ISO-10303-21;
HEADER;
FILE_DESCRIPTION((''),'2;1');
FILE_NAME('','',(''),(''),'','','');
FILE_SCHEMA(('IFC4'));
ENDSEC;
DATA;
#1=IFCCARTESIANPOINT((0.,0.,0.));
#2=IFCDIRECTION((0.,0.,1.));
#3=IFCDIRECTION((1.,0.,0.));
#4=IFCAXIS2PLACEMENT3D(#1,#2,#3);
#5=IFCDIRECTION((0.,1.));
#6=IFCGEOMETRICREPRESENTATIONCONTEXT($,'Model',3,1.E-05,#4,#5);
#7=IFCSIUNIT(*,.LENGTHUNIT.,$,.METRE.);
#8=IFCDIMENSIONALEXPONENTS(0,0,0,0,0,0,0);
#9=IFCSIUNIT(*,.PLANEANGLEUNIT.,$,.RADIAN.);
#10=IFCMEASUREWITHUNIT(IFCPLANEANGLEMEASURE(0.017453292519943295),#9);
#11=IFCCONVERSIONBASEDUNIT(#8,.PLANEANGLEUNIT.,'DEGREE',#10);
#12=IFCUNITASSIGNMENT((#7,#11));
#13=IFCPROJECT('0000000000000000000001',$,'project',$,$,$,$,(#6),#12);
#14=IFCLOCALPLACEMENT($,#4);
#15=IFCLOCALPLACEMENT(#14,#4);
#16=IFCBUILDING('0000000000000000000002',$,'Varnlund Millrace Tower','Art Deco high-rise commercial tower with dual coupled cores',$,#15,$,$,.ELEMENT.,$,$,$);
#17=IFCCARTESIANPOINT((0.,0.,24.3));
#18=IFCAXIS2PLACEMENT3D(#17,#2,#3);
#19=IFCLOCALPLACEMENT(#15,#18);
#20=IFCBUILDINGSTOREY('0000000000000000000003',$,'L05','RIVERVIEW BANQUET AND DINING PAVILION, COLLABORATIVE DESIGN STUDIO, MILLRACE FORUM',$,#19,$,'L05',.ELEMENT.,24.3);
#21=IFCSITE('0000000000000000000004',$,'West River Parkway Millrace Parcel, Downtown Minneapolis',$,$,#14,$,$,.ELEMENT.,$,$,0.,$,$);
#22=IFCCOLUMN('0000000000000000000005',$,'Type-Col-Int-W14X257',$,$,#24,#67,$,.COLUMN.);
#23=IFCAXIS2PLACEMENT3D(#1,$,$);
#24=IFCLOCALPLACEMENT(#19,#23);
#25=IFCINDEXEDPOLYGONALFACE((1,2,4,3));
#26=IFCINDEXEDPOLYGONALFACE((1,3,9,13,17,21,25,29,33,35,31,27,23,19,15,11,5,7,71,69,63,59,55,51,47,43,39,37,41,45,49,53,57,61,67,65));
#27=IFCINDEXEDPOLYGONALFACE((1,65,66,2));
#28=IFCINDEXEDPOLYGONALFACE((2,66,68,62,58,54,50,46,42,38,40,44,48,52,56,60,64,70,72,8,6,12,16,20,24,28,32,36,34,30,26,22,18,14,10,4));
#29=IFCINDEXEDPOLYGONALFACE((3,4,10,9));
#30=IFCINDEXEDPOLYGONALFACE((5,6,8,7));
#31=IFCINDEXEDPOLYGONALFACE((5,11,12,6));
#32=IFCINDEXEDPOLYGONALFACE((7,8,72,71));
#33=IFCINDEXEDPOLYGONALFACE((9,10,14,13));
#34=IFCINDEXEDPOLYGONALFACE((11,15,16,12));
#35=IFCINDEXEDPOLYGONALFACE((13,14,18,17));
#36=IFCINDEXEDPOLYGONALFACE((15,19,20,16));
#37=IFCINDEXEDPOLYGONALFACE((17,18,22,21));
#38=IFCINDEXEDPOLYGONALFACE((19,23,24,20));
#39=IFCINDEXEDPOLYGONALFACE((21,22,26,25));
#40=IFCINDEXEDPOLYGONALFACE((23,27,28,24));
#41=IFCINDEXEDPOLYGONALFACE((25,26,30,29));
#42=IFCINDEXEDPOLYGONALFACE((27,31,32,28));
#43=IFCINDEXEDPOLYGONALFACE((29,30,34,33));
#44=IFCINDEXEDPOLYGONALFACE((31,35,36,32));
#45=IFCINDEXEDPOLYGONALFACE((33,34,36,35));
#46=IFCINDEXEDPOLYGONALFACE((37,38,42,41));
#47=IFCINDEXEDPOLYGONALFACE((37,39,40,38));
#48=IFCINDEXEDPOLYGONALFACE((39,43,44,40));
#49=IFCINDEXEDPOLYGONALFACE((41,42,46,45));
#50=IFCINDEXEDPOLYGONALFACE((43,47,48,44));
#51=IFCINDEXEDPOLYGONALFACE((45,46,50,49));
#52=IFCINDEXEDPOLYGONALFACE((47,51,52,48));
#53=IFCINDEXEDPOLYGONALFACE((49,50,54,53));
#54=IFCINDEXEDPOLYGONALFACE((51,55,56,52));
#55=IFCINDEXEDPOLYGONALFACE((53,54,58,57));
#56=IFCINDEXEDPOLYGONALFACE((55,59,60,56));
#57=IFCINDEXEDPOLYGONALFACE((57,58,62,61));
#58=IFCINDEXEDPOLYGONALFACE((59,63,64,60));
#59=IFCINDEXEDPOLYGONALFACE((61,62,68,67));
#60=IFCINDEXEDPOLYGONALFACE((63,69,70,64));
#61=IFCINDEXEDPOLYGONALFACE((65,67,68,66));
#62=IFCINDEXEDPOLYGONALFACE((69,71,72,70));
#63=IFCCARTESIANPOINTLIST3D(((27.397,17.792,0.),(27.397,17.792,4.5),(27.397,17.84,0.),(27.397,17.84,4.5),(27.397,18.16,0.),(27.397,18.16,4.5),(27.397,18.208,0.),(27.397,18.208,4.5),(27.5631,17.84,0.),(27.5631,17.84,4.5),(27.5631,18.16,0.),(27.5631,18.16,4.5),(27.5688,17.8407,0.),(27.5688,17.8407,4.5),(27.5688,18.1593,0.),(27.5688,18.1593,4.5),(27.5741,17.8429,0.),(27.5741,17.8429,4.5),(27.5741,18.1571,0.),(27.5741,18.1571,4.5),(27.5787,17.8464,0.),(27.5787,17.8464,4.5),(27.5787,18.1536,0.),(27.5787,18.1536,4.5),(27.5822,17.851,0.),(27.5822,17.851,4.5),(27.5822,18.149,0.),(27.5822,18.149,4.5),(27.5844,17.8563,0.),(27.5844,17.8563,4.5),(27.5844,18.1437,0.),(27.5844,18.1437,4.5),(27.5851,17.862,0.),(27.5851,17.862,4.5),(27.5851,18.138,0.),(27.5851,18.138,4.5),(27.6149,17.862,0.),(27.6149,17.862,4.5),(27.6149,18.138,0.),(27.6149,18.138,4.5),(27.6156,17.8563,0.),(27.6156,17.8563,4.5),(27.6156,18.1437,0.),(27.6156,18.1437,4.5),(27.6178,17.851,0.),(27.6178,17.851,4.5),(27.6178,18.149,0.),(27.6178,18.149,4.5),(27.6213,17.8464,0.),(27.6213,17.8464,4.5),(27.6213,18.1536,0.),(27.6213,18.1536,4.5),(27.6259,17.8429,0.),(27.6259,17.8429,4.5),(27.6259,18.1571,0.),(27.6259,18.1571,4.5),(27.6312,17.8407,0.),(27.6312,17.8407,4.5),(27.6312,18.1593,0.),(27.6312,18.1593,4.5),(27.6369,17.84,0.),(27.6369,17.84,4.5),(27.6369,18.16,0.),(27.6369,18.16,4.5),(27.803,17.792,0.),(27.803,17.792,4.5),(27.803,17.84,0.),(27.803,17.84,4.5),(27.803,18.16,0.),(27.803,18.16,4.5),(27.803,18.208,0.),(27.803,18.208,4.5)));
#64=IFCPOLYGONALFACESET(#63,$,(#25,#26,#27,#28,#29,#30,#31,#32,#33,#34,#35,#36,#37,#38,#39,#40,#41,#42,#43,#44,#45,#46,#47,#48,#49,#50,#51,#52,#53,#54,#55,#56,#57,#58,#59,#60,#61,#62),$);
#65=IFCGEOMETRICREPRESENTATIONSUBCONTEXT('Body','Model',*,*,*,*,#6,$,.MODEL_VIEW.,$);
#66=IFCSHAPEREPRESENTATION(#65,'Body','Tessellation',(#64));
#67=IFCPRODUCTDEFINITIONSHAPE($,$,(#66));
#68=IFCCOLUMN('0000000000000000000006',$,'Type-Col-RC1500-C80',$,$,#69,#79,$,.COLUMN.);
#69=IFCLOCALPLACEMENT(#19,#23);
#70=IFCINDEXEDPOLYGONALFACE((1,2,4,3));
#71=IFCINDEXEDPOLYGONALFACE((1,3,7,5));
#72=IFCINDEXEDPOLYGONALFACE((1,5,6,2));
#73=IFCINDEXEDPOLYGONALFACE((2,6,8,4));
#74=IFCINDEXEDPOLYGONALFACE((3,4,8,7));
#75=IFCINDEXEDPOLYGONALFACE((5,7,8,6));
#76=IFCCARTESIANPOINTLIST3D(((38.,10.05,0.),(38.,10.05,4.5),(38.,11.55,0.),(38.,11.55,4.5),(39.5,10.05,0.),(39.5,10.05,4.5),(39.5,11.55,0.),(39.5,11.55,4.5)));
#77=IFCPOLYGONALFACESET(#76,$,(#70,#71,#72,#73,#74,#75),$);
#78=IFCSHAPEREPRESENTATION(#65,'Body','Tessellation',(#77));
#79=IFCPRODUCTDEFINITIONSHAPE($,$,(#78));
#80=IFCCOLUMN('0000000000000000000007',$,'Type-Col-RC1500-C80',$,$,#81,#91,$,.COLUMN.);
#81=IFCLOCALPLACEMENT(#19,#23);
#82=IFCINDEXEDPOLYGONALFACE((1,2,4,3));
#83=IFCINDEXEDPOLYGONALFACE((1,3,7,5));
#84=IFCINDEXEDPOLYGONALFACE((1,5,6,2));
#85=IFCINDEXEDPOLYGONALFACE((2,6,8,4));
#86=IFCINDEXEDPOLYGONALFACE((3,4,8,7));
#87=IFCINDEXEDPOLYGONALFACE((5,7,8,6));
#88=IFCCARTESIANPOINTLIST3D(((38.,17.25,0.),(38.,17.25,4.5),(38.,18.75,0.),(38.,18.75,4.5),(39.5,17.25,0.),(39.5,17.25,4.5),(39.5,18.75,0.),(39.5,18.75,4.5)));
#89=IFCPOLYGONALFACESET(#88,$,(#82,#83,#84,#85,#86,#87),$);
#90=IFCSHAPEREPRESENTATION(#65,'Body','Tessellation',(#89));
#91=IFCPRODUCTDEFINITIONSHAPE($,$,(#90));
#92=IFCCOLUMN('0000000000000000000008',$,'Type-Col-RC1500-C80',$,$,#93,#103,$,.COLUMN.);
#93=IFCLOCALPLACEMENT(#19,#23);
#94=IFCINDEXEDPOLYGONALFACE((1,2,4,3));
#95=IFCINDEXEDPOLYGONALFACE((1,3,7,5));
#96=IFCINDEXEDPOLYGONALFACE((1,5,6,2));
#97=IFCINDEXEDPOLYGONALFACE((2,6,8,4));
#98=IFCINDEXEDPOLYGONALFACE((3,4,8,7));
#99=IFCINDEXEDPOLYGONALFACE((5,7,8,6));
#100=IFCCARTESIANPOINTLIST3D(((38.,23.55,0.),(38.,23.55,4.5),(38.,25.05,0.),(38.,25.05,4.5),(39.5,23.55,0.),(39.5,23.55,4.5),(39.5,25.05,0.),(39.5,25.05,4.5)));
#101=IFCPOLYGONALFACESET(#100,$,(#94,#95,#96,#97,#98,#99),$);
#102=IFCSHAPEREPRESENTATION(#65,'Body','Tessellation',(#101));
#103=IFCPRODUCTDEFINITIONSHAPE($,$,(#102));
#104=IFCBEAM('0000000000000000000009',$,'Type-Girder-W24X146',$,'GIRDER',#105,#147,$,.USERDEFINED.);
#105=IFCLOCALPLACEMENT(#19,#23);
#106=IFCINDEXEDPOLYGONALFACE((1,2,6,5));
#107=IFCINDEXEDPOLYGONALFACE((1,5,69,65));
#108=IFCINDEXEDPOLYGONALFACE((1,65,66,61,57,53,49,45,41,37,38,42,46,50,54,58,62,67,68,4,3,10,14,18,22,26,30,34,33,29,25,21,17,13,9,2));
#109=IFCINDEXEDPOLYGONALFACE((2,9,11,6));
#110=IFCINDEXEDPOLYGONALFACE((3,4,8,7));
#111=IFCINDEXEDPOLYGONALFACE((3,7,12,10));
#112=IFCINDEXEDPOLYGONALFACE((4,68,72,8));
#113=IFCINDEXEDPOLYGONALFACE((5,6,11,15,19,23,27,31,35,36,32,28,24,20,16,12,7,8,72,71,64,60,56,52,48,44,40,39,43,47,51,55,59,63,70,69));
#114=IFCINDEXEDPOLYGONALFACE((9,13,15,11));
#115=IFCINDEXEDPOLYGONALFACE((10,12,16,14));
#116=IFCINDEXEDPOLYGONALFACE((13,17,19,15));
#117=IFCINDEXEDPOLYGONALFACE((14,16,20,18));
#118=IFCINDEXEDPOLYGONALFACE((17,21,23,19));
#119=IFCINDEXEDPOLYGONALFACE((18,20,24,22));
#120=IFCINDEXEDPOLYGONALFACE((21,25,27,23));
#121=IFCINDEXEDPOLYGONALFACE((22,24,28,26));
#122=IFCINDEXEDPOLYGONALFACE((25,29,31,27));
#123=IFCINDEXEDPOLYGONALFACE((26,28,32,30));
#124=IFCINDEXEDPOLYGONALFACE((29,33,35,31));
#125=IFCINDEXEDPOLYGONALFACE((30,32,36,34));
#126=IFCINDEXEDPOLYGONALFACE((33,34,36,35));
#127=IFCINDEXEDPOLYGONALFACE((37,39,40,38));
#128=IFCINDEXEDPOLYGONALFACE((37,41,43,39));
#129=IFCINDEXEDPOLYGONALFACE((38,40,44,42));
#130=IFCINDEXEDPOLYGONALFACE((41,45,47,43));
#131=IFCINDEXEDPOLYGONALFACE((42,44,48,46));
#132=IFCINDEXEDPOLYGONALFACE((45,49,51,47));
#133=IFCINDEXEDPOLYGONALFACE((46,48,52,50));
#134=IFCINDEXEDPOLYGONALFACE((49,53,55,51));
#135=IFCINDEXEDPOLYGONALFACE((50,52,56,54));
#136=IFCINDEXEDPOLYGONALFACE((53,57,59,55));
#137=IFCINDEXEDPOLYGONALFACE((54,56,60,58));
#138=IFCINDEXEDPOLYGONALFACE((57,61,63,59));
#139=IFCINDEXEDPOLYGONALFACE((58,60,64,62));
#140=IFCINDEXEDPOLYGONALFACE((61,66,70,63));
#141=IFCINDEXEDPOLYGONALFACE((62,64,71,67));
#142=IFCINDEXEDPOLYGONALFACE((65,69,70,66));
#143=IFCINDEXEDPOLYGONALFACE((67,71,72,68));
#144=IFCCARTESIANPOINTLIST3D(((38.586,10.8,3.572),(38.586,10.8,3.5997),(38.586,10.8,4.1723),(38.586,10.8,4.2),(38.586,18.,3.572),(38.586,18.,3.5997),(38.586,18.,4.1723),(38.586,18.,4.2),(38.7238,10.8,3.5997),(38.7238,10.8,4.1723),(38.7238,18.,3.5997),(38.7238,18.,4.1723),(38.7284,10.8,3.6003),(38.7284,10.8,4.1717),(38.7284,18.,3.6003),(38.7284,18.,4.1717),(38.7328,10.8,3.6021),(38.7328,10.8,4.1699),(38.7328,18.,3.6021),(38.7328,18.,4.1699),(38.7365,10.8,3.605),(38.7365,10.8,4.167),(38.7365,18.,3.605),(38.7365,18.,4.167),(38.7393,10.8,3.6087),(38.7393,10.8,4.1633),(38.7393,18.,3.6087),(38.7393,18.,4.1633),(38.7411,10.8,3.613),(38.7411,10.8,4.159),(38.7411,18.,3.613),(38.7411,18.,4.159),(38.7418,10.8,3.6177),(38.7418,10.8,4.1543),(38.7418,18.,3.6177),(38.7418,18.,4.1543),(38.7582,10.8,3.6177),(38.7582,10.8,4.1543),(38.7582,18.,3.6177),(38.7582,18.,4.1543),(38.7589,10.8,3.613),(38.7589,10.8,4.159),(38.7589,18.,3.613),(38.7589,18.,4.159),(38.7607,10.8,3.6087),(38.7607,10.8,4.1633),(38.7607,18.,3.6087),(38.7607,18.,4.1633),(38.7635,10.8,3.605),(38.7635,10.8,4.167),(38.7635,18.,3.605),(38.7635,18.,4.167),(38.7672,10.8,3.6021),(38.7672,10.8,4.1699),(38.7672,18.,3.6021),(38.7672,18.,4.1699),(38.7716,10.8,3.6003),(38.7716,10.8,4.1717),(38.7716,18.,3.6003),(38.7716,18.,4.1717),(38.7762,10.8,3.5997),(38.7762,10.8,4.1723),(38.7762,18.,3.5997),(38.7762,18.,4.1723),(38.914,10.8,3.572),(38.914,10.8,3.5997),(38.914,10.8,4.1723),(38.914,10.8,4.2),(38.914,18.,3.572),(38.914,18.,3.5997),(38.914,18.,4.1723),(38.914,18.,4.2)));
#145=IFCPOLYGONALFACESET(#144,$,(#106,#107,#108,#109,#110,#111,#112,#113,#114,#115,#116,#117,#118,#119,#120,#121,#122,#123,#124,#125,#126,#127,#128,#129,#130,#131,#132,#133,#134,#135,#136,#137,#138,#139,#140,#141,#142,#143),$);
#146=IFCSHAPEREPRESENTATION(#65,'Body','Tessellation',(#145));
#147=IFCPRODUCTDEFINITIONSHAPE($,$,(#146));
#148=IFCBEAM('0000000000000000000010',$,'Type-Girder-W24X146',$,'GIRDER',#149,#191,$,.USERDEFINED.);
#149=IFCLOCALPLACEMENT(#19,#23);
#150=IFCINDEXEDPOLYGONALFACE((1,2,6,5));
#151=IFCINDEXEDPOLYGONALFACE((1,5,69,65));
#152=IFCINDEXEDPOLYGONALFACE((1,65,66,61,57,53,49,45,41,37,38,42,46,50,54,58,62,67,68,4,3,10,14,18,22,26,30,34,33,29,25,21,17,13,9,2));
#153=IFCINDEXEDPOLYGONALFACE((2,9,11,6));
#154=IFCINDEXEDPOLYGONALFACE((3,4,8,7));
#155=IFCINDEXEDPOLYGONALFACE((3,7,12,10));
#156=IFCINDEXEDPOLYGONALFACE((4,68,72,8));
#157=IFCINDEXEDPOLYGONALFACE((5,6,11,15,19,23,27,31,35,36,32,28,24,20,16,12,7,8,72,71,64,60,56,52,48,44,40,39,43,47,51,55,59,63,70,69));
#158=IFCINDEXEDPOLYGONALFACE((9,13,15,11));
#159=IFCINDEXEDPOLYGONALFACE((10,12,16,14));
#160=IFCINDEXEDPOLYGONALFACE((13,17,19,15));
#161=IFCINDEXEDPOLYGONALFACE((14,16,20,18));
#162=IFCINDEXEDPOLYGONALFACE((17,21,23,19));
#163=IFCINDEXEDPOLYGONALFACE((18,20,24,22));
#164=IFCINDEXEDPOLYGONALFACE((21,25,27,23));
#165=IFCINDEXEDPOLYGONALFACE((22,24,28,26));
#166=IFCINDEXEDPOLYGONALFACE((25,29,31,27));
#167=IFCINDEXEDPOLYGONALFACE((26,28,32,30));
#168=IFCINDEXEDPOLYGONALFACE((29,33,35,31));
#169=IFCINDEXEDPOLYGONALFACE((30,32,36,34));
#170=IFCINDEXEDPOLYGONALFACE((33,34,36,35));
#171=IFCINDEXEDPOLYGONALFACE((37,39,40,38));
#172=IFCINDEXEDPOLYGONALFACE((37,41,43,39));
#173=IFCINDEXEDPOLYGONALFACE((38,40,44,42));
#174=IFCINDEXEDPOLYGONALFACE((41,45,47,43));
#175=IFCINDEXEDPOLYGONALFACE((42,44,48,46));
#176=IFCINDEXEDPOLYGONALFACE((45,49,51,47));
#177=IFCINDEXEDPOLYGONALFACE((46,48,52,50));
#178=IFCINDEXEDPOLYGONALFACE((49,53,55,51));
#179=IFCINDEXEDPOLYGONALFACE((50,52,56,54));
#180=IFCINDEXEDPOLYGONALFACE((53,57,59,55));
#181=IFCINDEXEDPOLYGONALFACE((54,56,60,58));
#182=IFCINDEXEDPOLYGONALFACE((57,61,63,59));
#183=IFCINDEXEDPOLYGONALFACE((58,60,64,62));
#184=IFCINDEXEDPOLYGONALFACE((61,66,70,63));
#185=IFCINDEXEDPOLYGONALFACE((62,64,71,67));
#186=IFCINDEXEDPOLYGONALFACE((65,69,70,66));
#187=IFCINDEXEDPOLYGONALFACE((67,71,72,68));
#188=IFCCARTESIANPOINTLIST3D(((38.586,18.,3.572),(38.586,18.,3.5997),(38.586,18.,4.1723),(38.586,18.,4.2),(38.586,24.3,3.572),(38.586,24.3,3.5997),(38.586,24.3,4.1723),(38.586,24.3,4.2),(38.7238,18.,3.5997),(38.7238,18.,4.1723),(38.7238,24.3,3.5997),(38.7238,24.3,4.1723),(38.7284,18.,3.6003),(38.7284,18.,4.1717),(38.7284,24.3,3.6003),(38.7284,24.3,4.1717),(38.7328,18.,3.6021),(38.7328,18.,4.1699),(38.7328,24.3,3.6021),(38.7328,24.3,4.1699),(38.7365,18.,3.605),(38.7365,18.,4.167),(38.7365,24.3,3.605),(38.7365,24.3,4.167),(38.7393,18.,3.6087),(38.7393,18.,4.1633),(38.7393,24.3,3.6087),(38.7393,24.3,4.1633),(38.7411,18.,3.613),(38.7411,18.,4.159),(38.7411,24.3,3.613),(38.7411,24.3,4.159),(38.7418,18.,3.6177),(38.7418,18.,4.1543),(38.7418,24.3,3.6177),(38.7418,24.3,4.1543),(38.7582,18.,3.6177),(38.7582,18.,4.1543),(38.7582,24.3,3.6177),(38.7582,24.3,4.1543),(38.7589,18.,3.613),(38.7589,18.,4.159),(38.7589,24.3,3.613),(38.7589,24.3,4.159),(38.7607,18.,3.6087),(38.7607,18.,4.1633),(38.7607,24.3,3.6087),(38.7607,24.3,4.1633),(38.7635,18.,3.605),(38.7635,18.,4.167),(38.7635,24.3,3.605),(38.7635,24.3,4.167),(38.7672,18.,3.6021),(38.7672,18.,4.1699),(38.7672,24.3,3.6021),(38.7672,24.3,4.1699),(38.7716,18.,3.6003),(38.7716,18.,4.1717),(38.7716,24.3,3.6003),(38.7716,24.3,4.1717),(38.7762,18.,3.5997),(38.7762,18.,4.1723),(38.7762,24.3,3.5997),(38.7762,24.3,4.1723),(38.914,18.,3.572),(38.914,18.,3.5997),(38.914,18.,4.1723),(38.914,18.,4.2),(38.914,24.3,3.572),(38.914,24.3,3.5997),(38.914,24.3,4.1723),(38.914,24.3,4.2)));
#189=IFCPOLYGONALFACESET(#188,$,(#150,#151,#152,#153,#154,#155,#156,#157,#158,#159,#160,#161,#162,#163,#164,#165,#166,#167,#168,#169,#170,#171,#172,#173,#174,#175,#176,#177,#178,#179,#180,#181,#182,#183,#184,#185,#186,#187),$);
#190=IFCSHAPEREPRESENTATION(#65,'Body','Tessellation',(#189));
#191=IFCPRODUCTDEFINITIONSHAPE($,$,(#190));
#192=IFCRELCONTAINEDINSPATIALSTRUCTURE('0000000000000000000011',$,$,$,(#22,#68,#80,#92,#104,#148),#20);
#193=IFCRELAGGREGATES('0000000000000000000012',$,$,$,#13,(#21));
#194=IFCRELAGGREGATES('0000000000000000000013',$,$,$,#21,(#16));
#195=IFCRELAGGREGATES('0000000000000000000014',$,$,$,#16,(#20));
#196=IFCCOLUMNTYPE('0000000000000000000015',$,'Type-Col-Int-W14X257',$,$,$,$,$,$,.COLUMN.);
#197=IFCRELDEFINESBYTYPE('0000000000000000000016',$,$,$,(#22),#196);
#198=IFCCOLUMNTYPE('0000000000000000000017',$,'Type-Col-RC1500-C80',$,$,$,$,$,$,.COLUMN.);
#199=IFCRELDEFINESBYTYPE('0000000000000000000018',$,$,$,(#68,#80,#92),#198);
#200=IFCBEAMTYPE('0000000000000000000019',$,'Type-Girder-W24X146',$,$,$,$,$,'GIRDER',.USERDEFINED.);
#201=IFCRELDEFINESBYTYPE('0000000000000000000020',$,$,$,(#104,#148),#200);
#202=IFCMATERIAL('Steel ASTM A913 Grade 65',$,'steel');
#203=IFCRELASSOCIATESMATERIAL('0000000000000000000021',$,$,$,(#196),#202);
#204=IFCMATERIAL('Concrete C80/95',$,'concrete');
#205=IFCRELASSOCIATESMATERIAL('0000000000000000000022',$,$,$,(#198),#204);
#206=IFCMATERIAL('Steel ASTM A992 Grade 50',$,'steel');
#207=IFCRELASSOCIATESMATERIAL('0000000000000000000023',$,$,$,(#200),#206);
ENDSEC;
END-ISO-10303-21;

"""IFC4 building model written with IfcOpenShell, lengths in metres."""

from ifc_helpers import new_model, entity, si_unit, converted_unit, direction, frame, origin_with_axes, origin_2d_with_axis, place, context, subcontext, project, spatial, rectangle, i_section, extrude, material, material_profile, profile_set, type_object, element, save


model = new_model("IFC4")

# Units and contexts
model_context = context("Model", 3, precision=1e-05, world=origin_with_axes(), true_north=direction((0.0, 1.0)))
body_context = subcontext(model_context, "Body", "Model", "MODEL_VIEW")
ifc_project = project(units=[si_unit("LENGTHUNIT", "METRE"), converted_unit("PLANEANGLEUNIT", "DEGREE", entity("IfcPlaneAngleMeasure", 0.017453292519943295), si_unit("PLANEANGLEUNIT", "RADIAN"), dimensions=[0, 0, 0, 0, 0, 0, 0])], contexts=[model_context])

# Site, building, storey
site_placement = place(None, origin_with_axes())
site = spatial("IfcSite", under=ifc_project, at=site_placement, Name="West River Parkway Millrace Parcel, Downtown Minneapolis", CompositionType="ELEMENT", RefElevation=0.0)
building_placement = place(site_placement, origin_with_axes())
building = spatial("IfcBuilding", under=site, at=building_placement, Name="Varnlund Millrace Tower", Description="Art Deco high-rise commercial tower with dual coupled cores", CompositionType="ELEMENT")
storey_placement = place(building_placement, frame((0.0, 0.0, 24.3), z_axis=(0.0, 0.0, 1.0), x_axis=(1.0, 0.0, 0.0)))
storey = spatial("IfcBuildingStorey", under=building, at=storey_placement, Name="L05", Description="RIVERVIEW BANQUET AND DINING PAVILION, COLLABORATIVE DESIGN STUDIO, MILLRACE FORUM", LongName="L05", CompositionType="ELEMENT", Elevation=24.3)

# Columns
ifc_material_1 = material(Name="Steel ASTM A913 Grade 65", Category="steel")
ifc_material_profile_1 = material_profile(ifc_material_1, i_section(OverallWidth=0.406, OverallDepth=0.416, WebThickness=0.0298, FlangeThickness=0.048, FilletRadius=0.022, at=origin_2d_with_axis()), Name="Steel ASTM A913 Grade 65")
ifc_profile_set_1 = profile_set([ifc_material_profile_1], Name="Steel ASTM A913 Grade 65")
column_type_1 = type_object("IfcColumnType", Name="Type-Col-Int-W14X257", PredefinedType="COLUMN", material=ifc_profile_set_1)
column_placement = place(storey_placement, frame((27.6, 18.0, 0.0), z_axis=(0.0, 0.0, 1.0), x_axis=(1.0, 0.0, 0.0)))
element("IfcColumn", 1, at=column_placement, inside=storey, type_object=column_type_1, Name="Type-Col-Int-W14X257", PredefinedType="COLUMN", context=body_context, shape_type="SweptSolid", body=[
    extrude(i_section(OverallWidth=0.406, OverallDepth=0.416, WebThickness=0.0298, FlangeThickness=0.048, FilletRadius=0.022, at=origin_2d_with_axis()), origin_with_axes(), (0.0, 0.0, 1.0), 4.5),
])
ifc_material_2 = material(Name="Concrete C80/95", Category="concrete")
ifc_material_profile_2 = material_profile(ifc_material_2, rectangle(XDim=1.5, YDim=1.5, at=origin_2d_with_axis()), Name="Concrete C80/95")
ifc_profile_set_2 = profile_set([ifc_material_profile_2], Name="Concrete C80/95")
column_type_2 = type_object("IfcColumnType", Name="Type-Col-RC1500-C80", PredefinedType="COLUMN", material=ifc_profile_set_2)
for number, where, z_axis, x_axis, name in (
    (2, (38.75, 10.8, 0.0), (0.0, 0.0, 1.0), (1.0, 0.0, 0.0), "Type-Col-RC1500-C80"),
    (3, (38.75, 18.0, 0.0), (0.0, 0.0, 1.0), (1.0, 0.0, 0.0), "Type-Col-RC1500-C80"),
    (4, (38.75, 24.3, 0.0), (0.0, 0.0, 1.0), (1.0, 0.0, 0.0), "Type-Col-RC1500-C80"),
):
    element("IfcColumn", number, at=place(storey_placement, frame(where, z_axis=z_axis, x_axis=x_axis)), inside=storey, type_object=column_type_2, Name=name, PredefinedType="COLUMN", context=body_context, shape_type="SweptSolid", body=[
        extrude(rectangle(XDim=1.5, YDim=1.5, at=origin_2d_with_axis()), origin_with_axes(), (0.0, 0.0, 1.0), 4.5),
    ])

# Beams
ifc_material_3 = material(Name="Steel ASTM A992 Grade 50", Category="steel")
ifc_material_profile_3 = material_profile(ifc_material_3, i_section(OverallWidth=0.328, OverallDepth=0.628, WebThickness=0.0165, FlangeThickness=0.0277, FilletRadius=0.018, at=origin_2d_with_axis()), Name="Steel ASTM A992 Grade 50")
ifc_profile_set_3 = profile_set([ifc_material_profile_3], Name="Steel ASTM A992 Grade 50")
beam_type_1 = type_object("IfcBeamType", Name="Type-Girder-W24X146", ElementType="GIRDER", PredefinedType="USERDEFINED", material=ifc_profile_set_3)
beam_1_placement = place(storey_placement, frame((38.75, 10.8, 3.886), z_axis=(0.0, 1.0, 0.0), x_axis=(-1.0, 0.0, 0.0)))
element("IfcBeam", 5, at=beam_1_placement, inside=storey, type_object=beam_type_1, Name="Type-Girder-W24X146", ObjectType="GIRDER", PredefinedType="USERDEFINED", context=body_context, shape_type="SweptSolid", body=[
    extrude(i_section(OverallWidth=0.328, OverallDepth=0.628, WebThickness=0.0165, FlangeThickness=0.0277, FilletRadius=0.018, at=origin_2d_with_axis()), origin_with_axes(), (0.0, 0.0, 1.0), 7.2),
])
beam_2_placement = place(storey_placement, frame((38.75, 18.0, 3.886), z_axis=(0.0, 1.0, 0.0), x_axis=(-1.0, 0.0, 0.0)))
element("IfcBeam", 6, at=beam_2_placement, inside=storey, type_object=beam_type_1, Name="Type-Girder-W24X146", ObjectType="GIRDER", PredefinedType="USERDEFINED", context=body_context, shape_type="SweptSolid", body=[
    extrude(i_section(OverallWidth=0.328, OverallDepth=0.628, WebThickness=0.0165, FlangeThickness=0.0277, FilletRadius=0.018, at=origin_2d_with_axis()), origin_with_axes(), (0.0, 0.0, 1.0), 6.3),
])

save(model, "model.ifc")
